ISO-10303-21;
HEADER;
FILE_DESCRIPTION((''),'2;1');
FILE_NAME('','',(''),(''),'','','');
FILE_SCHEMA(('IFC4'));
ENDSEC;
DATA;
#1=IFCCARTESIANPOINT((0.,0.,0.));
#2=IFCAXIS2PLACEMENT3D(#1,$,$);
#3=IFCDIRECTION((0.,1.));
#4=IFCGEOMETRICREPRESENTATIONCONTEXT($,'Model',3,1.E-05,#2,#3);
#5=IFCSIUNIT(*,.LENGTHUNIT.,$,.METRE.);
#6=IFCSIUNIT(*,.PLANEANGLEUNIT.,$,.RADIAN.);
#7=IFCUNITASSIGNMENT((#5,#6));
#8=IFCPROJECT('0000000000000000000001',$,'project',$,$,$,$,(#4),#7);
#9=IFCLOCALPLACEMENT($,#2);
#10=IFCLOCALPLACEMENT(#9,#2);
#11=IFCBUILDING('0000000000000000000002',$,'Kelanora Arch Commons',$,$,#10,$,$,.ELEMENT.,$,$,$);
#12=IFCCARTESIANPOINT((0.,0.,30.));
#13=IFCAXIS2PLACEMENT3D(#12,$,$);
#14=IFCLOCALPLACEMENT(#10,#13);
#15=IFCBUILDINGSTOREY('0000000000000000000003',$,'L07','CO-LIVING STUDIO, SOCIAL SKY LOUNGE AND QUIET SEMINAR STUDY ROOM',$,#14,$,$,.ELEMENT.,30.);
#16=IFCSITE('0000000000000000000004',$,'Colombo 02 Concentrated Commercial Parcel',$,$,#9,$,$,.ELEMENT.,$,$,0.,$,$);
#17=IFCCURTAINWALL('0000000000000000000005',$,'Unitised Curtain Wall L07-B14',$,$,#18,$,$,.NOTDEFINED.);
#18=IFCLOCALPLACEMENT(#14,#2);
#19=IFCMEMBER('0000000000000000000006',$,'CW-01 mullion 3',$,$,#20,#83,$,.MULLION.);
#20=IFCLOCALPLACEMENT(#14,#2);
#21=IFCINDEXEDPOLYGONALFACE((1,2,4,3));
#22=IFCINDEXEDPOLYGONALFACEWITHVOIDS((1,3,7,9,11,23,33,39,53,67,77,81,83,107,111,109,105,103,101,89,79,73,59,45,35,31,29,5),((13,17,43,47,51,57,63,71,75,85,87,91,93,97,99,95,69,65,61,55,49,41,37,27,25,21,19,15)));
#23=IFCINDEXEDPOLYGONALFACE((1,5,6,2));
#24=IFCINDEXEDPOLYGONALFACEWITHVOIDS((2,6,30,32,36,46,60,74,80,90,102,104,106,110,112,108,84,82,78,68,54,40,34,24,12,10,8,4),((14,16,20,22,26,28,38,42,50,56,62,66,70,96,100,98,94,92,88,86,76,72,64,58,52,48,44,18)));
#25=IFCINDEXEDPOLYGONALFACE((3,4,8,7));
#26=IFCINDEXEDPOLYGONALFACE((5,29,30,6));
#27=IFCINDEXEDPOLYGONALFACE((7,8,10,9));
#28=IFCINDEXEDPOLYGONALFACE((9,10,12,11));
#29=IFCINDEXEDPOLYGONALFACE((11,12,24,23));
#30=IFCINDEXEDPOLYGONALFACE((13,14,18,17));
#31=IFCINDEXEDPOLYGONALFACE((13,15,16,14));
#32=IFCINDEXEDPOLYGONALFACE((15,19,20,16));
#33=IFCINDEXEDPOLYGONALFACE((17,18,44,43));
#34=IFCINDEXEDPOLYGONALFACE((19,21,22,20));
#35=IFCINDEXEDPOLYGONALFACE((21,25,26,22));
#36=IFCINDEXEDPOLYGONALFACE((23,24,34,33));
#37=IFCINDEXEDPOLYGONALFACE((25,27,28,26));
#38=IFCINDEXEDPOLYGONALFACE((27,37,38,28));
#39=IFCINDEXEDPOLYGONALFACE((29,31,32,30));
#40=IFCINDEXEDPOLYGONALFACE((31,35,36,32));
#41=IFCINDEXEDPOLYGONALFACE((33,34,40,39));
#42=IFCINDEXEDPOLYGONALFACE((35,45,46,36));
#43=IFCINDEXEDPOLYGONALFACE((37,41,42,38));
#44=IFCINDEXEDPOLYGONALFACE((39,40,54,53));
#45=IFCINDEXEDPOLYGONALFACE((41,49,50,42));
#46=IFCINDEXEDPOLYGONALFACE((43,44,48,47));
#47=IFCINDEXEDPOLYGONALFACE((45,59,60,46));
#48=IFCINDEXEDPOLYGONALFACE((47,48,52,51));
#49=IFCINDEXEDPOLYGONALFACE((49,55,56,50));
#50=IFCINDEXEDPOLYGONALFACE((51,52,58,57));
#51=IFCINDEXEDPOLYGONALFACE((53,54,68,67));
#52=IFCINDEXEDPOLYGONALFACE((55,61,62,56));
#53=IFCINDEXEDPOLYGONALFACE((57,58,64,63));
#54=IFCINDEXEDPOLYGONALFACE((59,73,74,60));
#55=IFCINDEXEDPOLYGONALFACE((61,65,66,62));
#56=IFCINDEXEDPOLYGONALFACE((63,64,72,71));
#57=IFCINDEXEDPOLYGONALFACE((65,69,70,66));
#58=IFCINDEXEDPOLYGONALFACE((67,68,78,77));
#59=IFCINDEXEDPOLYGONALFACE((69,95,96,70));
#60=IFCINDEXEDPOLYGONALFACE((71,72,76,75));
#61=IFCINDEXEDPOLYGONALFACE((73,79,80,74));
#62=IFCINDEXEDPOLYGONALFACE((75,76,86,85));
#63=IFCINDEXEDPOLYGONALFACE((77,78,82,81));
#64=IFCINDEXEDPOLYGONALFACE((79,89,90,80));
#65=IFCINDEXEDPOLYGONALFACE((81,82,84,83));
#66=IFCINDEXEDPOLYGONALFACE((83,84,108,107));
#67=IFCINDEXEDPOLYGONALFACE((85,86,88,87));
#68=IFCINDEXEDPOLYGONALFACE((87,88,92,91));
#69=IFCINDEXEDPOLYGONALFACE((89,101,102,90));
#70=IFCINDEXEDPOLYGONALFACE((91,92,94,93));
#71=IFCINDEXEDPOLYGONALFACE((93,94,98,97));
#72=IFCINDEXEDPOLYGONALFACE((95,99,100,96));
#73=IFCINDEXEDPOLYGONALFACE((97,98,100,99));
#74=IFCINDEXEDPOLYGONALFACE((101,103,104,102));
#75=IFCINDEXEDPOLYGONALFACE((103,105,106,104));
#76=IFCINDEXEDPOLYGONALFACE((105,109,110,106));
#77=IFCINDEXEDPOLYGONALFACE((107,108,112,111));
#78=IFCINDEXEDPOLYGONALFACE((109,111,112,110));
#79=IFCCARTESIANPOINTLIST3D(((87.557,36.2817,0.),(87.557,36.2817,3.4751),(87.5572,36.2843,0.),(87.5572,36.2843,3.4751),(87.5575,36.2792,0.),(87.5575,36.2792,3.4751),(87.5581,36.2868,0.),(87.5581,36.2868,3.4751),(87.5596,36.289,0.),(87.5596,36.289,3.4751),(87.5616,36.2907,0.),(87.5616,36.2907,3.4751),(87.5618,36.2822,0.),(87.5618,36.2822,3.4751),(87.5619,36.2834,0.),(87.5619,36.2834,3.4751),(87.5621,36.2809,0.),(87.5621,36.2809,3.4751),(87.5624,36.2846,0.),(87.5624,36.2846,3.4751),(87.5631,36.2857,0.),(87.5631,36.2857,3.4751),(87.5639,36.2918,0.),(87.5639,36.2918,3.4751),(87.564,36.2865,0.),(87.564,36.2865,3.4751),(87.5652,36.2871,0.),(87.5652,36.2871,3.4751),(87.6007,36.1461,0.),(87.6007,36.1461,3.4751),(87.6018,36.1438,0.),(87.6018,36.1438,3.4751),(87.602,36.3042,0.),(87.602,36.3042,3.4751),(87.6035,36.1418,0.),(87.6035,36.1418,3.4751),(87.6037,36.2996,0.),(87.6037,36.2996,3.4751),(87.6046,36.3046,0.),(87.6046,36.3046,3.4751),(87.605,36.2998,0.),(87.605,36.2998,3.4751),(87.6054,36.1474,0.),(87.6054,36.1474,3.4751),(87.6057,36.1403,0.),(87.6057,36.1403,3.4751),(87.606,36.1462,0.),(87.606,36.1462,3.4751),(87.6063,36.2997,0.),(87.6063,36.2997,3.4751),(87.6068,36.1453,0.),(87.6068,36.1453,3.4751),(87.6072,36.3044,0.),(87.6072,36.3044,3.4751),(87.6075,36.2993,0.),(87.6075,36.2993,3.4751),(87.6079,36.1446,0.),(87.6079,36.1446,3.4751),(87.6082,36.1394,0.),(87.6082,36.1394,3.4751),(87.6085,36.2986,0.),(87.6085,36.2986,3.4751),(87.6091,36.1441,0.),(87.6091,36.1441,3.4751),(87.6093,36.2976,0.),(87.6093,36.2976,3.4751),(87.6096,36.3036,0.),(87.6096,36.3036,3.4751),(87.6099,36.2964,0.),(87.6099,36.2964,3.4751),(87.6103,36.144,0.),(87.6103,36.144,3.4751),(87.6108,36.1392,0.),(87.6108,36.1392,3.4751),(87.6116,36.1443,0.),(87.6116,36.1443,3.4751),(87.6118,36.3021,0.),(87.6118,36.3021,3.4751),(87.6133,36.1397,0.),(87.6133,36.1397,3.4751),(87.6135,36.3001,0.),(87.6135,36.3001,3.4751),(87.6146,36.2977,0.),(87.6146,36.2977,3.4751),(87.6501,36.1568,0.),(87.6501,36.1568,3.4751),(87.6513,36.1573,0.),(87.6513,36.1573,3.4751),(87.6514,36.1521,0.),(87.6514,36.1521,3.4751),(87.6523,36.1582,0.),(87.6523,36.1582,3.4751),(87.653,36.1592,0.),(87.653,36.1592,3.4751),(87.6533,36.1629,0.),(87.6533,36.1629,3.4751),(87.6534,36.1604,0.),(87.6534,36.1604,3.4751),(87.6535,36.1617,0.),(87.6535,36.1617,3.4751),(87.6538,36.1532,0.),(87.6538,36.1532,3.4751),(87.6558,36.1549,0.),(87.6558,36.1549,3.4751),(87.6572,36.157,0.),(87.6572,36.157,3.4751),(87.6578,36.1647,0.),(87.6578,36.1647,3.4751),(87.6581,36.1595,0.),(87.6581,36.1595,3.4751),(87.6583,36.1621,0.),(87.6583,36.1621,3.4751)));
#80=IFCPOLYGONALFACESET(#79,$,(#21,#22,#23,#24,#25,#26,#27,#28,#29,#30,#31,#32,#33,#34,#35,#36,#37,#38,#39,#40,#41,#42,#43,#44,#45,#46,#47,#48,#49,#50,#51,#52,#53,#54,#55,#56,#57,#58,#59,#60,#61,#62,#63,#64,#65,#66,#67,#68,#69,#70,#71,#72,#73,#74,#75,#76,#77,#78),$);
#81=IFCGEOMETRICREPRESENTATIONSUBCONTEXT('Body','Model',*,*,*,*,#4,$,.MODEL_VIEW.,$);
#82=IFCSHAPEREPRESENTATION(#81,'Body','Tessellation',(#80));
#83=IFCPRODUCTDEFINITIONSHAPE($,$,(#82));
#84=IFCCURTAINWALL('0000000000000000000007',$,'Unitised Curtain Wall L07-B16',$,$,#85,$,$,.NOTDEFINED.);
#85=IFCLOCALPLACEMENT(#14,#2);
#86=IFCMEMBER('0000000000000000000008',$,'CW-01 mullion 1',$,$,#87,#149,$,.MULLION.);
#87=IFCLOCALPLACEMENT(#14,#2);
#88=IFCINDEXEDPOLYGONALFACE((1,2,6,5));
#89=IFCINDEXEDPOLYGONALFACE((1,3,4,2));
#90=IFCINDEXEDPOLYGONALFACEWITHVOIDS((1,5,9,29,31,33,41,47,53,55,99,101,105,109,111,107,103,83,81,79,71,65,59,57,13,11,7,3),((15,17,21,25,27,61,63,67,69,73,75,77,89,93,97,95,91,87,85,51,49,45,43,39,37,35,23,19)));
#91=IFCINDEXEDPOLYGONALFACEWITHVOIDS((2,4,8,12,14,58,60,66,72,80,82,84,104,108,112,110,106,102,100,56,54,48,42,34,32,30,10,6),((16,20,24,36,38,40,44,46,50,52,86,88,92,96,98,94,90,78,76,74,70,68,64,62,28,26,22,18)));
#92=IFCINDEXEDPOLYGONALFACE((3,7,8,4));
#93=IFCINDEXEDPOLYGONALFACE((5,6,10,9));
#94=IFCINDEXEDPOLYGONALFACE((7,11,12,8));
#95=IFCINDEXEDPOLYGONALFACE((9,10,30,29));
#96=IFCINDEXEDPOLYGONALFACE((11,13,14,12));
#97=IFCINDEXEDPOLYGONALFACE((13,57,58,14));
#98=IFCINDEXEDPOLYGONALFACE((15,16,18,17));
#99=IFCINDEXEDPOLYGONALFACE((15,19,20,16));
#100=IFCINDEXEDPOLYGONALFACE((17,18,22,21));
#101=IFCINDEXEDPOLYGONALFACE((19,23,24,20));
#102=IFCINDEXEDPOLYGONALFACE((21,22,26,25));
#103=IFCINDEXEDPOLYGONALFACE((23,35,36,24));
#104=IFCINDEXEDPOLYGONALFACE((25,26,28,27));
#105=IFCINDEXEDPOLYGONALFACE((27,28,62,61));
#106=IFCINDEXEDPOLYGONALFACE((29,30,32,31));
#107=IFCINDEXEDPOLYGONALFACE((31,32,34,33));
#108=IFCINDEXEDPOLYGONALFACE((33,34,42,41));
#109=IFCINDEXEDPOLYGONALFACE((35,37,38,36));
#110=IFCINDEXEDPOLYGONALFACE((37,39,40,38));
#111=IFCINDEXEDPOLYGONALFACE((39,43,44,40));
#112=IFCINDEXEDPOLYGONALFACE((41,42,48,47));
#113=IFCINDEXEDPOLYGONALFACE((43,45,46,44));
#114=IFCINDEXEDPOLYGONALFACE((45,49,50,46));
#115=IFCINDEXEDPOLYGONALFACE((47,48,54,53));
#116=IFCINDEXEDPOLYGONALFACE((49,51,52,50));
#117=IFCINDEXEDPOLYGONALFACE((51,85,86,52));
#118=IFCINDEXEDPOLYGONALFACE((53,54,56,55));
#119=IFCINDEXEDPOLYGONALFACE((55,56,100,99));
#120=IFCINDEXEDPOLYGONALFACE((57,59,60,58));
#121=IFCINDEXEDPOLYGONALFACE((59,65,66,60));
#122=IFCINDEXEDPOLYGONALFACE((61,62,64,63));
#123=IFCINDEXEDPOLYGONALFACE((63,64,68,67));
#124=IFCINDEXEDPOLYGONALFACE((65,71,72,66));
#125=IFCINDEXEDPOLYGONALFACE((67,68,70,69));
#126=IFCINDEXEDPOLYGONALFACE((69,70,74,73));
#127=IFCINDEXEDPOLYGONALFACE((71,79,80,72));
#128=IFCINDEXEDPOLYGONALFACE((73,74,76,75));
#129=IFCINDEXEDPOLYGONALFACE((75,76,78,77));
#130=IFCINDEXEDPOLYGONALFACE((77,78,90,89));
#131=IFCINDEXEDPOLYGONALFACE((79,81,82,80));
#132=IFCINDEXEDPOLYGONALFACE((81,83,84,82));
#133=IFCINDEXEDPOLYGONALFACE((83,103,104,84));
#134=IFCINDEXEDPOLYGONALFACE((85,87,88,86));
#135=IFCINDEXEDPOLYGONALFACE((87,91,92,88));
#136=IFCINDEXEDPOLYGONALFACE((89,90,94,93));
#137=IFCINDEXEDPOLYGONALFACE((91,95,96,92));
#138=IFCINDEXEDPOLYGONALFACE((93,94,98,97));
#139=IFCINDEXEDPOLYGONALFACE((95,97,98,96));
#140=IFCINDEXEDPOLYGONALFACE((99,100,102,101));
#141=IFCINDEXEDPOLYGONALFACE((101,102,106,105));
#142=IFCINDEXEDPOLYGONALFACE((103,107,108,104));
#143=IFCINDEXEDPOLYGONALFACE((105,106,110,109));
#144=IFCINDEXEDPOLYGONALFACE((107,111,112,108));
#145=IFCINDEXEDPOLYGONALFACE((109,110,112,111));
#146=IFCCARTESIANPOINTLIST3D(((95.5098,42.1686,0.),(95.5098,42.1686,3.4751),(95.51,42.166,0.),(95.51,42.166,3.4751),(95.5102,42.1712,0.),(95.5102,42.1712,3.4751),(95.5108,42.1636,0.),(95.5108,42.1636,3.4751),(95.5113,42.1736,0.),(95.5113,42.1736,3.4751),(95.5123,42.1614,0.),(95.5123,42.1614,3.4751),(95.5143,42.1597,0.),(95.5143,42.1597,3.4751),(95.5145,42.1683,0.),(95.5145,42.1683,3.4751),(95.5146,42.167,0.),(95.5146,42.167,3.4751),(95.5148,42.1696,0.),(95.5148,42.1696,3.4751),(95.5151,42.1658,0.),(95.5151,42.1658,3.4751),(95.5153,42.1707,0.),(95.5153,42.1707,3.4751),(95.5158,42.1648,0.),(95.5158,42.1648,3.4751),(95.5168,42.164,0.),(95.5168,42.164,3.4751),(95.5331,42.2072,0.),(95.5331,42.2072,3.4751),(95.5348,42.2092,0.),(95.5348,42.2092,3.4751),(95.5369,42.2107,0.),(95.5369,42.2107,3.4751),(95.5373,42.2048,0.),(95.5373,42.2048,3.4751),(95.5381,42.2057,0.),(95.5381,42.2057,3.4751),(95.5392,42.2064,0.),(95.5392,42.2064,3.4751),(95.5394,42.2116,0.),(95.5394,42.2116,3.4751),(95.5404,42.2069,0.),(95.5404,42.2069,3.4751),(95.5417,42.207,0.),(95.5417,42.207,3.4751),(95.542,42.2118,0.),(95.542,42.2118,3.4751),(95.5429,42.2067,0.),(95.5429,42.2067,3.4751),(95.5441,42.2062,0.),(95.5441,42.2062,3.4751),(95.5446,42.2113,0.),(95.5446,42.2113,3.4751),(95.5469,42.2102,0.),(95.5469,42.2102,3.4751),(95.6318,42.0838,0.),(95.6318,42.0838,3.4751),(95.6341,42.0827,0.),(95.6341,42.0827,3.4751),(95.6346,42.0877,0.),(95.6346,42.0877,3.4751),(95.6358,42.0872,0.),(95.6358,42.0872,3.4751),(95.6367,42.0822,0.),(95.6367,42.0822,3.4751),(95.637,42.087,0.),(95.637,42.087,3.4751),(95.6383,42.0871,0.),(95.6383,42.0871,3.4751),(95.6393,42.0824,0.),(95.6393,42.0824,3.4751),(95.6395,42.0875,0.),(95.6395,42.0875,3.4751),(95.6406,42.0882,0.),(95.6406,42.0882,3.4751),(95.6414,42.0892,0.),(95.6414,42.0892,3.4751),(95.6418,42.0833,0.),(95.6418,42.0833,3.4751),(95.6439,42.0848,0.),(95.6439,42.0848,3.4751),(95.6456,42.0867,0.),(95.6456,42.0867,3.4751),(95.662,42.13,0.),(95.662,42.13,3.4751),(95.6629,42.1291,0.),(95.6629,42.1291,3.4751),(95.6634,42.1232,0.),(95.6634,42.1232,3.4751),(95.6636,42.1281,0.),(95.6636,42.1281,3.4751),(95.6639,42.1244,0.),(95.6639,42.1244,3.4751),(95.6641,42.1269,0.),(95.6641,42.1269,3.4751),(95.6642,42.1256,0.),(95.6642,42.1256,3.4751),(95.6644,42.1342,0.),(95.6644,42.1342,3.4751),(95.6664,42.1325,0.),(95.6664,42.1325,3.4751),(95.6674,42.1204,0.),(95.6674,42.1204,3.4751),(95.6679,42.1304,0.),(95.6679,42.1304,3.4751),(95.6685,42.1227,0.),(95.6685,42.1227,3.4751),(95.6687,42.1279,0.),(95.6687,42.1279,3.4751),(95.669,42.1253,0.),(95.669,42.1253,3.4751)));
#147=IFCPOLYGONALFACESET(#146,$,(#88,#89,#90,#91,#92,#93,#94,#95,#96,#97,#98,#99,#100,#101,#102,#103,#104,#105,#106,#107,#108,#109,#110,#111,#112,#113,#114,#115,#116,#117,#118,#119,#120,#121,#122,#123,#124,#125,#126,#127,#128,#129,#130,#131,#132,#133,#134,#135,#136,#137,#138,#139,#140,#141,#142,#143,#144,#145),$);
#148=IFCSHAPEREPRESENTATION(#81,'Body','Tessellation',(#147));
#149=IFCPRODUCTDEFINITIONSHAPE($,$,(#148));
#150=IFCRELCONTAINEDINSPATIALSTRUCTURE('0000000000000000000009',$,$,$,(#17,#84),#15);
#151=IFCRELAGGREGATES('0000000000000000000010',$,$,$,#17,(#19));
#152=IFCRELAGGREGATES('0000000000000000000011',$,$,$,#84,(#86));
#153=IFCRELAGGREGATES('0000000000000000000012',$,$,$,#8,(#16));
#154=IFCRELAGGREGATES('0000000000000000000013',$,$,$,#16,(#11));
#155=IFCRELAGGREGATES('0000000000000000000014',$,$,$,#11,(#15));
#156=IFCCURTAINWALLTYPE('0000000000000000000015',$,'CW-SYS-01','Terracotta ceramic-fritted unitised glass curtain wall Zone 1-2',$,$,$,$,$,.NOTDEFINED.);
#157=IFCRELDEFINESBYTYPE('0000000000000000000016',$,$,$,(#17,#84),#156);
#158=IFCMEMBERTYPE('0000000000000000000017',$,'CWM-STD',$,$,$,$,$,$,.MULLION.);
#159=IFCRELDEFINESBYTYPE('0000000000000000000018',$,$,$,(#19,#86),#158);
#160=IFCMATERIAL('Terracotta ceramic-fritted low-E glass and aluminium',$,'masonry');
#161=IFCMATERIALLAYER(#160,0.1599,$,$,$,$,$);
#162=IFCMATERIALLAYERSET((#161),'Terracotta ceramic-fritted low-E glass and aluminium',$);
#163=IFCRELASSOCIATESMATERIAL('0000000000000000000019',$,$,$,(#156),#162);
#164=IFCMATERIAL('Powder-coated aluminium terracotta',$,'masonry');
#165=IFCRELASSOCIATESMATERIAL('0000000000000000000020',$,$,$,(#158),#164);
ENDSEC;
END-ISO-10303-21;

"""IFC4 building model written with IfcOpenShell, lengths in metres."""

from ifc_helpers import new_model, si_unit, direction, frame, origin, origin_2d, place, context, subcontext, project, spatial, hollow_rectangle, extrude, material, layer, layer_set, material_profile, profile_set, type_object, element, aggregate, save


model = new_model("IFC4")

# Units and contexts
model_context = context("Model", 3, precision=1e-05, world=origin(), true_north=direction((0.0, 1.0)))
body_context = subcontext(model_context, "Body", "Model", "MODEL_VIEW")
ifc_project = project(units=[si_unit("LENGTHUNIT", "METRE"), si_unit("PLANEANGLEUNIT", "RADIAN")], contexts=[model_context])

# Site, building, storey
site_placement = place(None, origin())
site = spatial("IfcSite", under=ifc_project, at=site_placement, Name="Colombo 02 Concentrated Commercial Parcel", CompositionType="ELEMENT", RefElevation=0.0)
building_placement = place(site_placement, origin())
building = spatial("IfcBuilding", under=site, at=building_placement, Name="Kelanora Arch Commons", CompositionType="ELEMENT")
storey_placement = place(building_placement, frame((0.0, 0.0, 30.0)))
storey = spatial("IfcBuildingStorey", under=building, at=storey_placement, Name="L07", Description="CO-LIVING STUDIO, SOCIAL SKY LOUNGE AND QUIET SEMINAR STUDY ROOM", CompositionType="ELEMENT", Elevation=30.0)

# Curtain wall, member
ifc_material_1 = material(Name="Terracotta ceramic-fritted low-E glass and aluminium", Category="masonry")
ifc_layer_1 = layer(ifc_material_1, 0.1599)
ifc_layer_set_1 = layer_set([ifc_layer_1], Name="Terracotta ceramic-fritted low-E glass and aluminium")
curtain_wall_type = type_object("IfcCurtainWallType", Name="CW-SYS-01", Description="Terracotta ceramic-fritted unitised glass curtain wall Zone 1-2", PredefinedType="NOTDEFINED", material=ifc_layer_set_1)
curtain_wall_1_placement = place(storey_placement, origin())
curtain_wall_1 = element("IfcCurtainWall", 1, at=curtain_wall_1_placement, inside=storey, type_object=curtain_wall_type, Name="Unitised Curtain Wall L07-B14", PredefinedType="NOTDEFINED")
ifc_material_2 = material(Name="Powder-coated aluminium terracotta", Category="masonry")
ifc_material_profile_1 = material_profile(ifc_material_2, hollow_rectangle(XDim=0.1599, YDim=0.0601, WallThickness=0.0049, InnerFilletRadius=0.0049, OuterFilletRadius=0.01, at=origin_2d()), Name="CWM160x60")
ifc_profile_set_1 = profile_set([ifc_material_profile_1], Name="Powder-coated aluminium terracotta")
member_type_1 = type_object("IfcMemberType", Name="CWM-STD", PredefinedType="MULLION", material=ifc_profile_set_1)
member_1_placement = place(storey_placement, frame((87.6077, 36.2219, 0.0), z_axis=(0.0, 0.0, 1.0), x_axis=(-0.309058, 0.951043, 0.0)))
member_1 = element("IfcMember", 2, at=member_1_placement, type_object=member_type_1, Name="CW-01 mullion 3", PredefinedType="MULLION", context=body_context, shape_type="SweptSolid", body=[
    extrude(hollow_rectangle(XDim=0.1599, YDim=0.0601, WallThickness=0.0049, InnerFilletRadius=0.0049, OuterFilletRadius=0.01, at=origin_2d()), origin(), (0.0, 0.0, 1.0), 3.4751),
])
aggregate(curtain_wall_1, [member_1])

# Curtain wall, member
curtain_wall_2_placement = place(storey_placement, origin())
curtain_wall_2 = element("IfcCurtainWall", 3, at=curtain_wall_2_placement, inside=storey, type_object=curtain_wall_type, Name="Unitised Curtain Wall L07-B16", PredefinedType="NOTDEFINED")
member_2_placement = place(storey_placement, frame((95.5894, 42.147, 0.0), z_axis=(0.0, 0.0, 1.0), x_axis=(-0.83973, 0.543004, 0.0)))
member_2 = element("IfcMember", 4, at=member_2_placement, type_object=member_type_1, Name="CW-01 mullion 1", PredefinedType="MULLION", context=body_context, shape_type="SweptSolid", body=[
    extrude(hollow_rectangle(XDim=0.1599, YDim=0.0601, WallThickness=0.0049, InnerFilletRadius=0.0049, OuterFilletRadius=0.01, at=origin_2d()), origin(), (0.0, 0.0, 1.0), 3.4751),
])
aggregate(curtain_wall_2, [member_2])

save(model, "model.ifc")
